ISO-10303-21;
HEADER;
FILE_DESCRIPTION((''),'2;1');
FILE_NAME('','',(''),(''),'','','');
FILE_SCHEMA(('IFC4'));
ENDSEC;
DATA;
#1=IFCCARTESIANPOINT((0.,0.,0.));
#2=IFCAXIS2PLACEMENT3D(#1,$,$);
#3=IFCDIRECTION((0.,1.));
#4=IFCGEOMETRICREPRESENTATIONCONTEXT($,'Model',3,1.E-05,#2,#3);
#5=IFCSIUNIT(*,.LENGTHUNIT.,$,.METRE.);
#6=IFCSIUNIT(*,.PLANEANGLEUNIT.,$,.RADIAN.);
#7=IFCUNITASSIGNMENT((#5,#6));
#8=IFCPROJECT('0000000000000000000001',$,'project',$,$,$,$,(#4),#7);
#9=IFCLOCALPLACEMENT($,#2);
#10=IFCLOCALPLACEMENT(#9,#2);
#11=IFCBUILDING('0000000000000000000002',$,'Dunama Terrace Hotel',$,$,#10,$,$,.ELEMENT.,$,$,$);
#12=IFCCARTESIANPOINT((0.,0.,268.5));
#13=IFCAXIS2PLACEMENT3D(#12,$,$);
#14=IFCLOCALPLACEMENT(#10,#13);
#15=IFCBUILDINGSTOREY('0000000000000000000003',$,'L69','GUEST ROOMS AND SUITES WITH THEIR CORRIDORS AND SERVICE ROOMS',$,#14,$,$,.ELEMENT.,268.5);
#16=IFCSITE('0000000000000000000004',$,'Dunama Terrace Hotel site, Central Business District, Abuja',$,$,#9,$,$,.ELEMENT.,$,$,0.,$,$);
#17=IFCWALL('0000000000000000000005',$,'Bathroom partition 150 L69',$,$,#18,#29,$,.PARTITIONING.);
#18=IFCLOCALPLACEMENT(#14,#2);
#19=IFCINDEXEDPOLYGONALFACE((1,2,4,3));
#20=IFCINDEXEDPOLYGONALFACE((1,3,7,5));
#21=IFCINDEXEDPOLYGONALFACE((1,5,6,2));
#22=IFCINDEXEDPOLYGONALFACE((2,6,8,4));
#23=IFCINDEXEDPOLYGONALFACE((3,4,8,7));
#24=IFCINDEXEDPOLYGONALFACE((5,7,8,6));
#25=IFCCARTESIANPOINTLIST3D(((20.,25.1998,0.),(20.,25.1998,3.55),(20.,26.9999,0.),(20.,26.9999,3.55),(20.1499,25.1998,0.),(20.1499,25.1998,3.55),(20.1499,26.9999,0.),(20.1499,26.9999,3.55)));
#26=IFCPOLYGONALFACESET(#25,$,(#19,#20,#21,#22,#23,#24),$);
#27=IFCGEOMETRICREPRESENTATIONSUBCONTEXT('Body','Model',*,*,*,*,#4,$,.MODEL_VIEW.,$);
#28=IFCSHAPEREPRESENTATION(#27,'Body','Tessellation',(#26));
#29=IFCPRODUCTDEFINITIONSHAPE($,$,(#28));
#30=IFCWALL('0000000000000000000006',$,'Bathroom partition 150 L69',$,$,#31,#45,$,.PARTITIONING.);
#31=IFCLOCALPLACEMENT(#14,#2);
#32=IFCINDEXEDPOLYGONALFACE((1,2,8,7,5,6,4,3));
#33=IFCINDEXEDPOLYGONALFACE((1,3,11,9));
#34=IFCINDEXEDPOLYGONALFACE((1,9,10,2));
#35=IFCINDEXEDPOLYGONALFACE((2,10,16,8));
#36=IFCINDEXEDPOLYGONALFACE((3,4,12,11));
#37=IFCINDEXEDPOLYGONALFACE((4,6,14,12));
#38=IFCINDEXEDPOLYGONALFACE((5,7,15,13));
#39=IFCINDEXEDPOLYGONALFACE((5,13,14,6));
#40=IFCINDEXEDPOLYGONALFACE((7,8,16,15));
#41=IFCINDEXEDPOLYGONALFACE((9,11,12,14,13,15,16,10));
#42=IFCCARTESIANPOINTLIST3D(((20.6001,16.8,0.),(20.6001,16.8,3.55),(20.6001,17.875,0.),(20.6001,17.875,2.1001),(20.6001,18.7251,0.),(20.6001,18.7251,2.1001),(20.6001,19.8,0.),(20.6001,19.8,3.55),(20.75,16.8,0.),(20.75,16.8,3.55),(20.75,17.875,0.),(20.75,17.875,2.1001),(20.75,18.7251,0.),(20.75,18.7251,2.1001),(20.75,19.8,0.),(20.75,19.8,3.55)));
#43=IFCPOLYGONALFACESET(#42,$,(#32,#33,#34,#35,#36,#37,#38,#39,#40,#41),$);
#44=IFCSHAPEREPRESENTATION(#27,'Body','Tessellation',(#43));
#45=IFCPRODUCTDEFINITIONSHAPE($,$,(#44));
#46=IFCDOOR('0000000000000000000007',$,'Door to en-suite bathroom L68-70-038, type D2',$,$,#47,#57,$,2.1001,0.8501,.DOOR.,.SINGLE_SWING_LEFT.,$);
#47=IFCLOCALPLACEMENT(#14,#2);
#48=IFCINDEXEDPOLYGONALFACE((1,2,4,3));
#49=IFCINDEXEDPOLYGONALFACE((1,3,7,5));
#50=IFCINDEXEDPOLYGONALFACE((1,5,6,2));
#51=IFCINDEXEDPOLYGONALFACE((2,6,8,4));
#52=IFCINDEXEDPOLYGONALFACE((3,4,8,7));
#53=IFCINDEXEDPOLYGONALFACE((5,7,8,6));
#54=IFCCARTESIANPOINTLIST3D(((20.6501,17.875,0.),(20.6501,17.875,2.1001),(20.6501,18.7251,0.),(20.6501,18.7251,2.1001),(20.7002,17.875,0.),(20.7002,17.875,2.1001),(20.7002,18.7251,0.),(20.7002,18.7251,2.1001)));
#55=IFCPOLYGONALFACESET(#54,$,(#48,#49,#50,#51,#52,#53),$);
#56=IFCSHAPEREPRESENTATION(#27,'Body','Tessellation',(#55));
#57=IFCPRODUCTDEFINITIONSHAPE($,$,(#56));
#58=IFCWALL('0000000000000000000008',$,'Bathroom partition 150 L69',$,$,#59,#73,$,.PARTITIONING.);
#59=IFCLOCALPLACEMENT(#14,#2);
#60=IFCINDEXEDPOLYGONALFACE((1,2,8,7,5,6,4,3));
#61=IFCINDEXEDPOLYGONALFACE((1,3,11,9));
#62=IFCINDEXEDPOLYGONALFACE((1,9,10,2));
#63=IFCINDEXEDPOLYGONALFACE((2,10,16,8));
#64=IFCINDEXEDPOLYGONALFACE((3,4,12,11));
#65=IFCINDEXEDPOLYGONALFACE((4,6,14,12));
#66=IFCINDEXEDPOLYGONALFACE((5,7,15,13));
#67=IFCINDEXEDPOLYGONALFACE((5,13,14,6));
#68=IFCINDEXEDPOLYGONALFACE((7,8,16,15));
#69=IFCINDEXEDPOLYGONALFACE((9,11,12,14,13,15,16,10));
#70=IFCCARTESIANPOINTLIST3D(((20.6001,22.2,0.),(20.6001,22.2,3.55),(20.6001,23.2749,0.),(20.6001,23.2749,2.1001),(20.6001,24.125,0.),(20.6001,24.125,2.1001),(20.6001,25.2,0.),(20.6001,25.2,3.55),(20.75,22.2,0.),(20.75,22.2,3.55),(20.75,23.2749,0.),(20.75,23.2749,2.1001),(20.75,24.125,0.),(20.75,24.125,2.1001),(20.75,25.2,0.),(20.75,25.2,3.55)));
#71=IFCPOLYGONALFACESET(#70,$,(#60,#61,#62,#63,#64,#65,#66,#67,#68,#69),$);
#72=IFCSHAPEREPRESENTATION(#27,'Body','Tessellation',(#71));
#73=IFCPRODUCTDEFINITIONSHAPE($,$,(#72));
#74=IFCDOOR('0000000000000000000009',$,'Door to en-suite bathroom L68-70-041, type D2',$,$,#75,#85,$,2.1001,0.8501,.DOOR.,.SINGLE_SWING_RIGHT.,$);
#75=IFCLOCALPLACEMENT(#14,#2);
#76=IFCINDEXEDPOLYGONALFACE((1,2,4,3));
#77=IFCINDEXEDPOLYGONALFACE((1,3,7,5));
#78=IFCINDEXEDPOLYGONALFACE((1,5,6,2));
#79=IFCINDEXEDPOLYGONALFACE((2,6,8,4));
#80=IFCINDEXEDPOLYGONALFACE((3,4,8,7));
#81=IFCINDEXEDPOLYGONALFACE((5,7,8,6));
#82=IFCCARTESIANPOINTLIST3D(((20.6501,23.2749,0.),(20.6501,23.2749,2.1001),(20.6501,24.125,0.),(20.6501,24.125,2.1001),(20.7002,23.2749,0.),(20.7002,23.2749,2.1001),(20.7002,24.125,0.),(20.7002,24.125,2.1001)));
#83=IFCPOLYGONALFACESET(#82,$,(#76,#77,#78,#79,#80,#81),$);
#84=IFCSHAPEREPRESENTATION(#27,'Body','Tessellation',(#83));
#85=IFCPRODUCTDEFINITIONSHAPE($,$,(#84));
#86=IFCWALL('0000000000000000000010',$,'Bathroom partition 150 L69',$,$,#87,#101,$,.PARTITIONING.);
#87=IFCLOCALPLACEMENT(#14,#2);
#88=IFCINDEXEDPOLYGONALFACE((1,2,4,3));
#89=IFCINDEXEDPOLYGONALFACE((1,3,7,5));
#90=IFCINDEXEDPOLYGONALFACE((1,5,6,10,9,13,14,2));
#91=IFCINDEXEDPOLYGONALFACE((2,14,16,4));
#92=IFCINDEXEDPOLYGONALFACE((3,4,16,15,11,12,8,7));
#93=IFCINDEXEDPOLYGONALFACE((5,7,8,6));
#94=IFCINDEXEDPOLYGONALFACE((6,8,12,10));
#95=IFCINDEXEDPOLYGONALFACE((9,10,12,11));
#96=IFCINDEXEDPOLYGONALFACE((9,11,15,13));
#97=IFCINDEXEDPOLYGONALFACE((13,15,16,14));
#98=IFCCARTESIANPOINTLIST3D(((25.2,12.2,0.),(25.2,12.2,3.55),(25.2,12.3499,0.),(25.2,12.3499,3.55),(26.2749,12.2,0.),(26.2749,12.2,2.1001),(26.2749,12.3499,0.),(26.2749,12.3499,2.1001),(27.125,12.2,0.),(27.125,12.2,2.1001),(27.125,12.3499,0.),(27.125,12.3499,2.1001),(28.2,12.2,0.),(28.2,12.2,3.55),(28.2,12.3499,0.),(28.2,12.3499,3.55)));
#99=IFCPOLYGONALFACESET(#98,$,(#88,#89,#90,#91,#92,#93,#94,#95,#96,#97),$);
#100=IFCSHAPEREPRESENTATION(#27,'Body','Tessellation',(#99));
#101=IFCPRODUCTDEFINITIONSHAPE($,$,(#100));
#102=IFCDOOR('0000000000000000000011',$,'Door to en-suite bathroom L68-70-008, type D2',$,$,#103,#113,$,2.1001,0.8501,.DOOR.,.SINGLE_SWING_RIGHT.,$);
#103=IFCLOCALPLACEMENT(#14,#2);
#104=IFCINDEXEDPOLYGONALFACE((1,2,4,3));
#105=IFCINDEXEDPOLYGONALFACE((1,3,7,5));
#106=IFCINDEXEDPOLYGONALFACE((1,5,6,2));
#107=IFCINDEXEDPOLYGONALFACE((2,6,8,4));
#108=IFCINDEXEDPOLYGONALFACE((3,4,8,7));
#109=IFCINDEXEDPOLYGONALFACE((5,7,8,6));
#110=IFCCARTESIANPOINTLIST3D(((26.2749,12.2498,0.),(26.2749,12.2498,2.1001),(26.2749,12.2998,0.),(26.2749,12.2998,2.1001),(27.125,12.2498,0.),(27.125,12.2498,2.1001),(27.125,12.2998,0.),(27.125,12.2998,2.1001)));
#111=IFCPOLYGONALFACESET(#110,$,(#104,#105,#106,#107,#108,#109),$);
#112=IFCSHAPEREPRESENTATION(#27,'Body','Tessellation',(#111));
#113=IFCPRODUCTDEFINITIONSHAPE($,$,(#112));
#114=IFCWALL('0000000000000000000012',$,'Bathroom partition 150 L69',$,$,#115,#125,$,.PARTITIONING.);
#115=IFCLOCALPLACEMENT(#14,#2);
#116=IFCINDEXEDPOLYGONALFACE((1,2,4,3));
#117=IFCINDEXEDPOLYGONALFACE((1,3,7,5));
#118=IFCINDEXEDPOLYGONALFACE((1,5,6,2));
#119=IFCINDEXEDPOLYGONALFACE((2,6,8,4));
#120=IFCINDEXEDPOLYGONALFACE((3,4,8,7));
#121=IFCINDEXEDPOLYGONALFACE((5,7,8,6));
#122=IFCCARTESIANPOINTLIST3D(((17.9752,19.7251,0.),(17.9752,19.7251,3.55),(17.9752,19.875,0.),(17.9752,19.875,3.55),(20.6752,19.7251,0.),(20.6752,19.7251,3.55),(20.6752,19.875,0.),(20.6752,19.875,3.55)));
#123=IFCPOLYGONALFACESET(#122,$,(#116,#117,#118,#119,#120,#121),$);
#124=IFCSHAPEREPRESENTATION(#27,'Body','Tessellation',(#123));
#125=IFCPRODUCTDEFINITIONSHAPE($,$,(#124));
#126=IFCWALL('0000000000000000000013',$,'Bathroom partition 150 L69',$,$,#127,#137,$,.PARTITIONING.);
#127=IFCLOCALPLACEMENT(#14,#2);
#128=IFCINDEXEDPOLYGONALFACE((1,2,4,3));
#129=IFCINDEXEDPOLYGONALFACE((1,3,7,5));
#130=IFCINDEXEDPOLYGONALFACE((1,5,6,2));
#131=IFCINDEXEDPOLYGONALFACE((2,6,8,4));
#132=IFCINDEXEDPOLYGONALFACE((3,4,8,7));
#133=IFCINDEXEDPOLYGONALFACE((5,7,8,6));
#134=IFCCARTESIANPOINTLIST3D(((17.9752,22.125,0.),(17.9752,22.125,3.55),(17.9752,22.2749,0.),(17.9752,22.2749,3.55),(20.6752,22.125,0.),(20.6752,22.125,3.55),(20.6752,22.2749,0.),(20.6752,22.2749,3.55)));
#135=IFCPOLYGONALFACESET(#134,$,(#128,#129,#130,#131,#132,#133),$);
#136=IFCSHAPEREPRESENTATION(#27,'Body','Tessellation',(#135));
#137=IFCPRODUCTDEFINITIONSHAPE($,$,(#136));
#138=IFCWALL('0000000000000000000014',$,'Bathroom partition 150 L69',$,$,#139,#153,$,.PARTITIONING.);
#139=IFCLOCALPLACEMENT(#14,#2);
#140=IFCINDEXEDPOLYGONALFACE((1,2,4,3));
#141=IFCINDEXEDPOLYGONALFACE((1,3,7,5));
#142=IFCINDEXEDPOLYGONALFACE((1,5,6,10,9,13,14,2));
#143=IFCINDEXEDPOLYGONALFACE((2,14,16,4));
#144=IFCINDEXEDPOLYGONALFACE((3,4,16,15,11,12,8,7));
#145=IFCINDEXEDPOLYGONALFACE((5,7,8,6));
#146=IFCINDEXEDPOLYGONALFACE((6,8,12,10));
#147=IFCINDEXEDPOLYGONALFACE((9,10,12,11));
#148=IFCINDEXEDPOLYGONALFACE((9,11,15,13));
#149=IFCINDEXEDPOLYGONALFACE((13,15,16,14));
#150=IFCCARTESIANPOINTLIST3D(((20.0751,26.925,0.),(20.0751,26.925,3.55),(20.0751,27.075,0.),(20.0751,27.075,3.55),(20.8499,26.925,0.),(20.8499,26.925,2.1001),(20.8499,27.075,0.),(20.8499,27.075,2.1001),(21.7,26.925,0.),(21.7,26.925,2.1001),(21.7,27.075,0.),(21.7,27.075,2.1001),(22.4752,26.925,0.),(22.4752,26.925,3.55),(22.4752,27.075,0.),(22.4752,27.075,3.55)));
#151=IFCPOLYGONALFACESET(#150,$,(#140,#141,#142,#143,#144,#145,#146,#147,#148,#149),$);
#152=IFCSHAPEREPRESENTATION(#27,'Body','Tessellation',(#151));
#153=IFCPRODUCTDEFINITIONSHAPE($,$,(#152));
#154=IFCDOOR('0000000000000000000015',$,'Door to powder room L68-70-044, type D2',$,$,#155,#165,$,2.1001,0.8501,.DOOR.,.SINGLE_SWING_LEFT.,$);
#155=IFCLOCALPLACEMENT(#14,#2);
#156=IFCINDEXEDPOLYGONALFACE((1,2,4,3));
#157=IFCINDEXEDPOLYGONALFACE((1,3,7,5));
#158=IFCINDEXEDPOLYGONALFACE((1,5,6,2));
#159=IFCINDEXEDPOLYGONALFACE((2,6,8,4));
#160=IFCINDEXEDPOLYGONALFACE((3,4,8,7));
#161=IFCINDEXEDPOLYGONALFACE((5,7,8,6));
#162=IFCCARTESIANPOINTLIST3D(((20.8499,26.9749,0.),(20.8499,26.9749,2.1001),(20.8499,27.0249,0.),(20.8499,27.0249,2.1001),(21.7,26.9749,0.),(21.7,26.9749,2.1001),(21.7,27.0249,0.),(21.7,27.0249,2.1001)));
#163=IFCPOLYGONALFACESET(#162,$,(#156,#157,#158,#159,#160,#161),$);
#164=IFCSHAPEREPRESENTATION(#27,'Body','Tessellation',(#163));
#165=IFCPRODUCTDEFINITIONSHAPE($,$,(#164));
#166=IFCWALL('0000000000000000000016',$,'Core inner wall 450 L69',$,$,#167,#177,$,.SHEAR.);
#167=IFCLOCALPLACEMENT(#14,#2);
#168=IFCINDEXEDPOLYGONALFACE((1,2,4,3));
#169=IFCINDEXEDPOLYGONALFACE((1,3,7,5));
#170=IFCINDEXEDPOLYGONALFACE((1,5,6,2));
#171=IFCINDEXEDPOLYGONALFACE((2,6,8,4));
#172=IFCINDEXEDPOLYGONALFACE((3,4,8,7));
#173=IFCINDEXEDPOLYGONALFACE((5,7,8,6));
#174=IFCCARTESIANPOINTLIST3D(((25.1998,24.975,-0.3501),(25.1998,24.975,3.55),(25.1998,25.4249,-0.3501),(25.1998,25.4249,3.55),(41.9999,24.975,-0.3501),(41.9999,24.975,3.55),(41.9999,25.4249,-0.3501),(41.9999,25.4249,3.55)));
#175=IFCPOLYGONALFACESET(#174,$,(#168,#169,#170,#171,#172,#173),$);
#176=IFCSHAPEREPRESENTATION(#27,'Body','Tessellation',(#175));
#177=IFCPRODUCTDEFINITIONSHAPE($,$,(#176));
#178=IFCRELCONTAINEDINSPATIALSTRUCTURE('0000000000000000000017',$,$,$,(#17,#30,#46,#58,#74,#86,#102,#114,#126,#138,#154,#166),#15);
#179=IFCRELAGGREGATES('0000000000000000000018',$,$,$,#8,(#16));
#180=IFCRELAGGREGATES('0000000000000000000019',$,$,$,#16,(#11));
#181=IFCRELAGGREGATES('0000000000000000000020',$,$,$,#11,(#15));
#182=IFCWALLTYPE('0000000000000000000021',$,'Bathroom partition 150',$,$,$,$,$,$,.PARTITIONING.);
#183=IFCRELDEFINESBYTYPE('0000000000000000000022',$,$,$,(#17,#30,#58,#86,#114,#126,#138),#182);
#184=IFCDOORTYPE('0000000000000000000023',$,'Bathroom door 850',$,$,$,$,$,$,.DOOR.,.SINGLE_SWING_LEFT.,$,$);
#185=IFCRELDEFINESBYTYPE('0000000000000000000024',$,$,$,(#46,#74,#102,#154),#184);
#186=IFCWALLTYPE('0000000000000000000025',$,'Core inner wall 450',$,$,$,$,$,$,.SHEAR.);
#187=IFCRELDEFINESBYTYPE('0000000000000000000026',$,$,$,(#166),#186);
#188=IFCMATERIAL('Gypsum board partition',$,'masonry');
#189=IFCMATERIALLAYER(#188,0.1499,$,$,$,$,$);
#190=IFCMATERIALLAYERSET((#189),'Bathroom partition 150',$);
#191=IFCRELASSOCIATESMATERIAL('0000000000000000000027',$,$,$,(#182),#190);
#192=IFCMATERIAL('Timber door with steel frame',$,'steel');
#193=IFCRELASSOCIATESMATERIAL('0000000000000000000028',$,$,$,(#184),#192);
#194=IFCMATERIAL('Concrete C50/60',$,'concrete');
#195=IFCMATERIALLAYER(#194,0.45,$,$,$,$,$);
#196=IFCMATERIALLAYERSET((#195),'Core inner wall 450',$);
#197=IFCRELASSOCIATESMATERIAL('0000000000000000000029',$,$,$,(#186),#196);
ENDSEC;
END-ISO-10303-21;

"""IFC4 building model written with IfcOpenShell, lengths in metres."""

from ifc_helpers import new_model, si_unit, direction, frame, frame_2d, origin, place, context, subcontext, project, spatial, rectangle, extrude, material, layer, layer_set, type_object, element, fill, save


model = new_model("IFC4")

# Units and contexts
model_context = context("Model", 3, precision=1e-05, world=origin(), true_north=direction((0.0, 1.0)))
body_context = subcontext(model_context, "Body", "Model", "MODEL_VIEW")
ifc_project = project(units=[si_unit("LENGTHUNIT", "METRE"), si_unit("PLANEANGLEUNIT", "RADIAN")], contexts=[model_context])

# Site, building, storey
site_placement = place(None, origin())
site = spatial("IfcSite", under=ifc_project, at=site_placement, Name="Dunama Terrace Hotel site, Central Business District, Abuja", CompositionType="ELEMENT", RefElevation=0.0)
building_placement = place(site_placement, origin())
building = spatial("IfcBuilding", under=site, at=building_placement, Name="Dunama Terrace Hotel", CompositionType="ELEMENT")
storey_placement = place(building_placement, frame((0.0, 0.0, 268.5)))
storey = spatial("IfcBuildingStorey", under=building, at=storey_placement, Name="L69", Description="GUEST ROOMS AND SUITES WITH THEIR CORRIDORS AND SERVICE ROOMS", CompositionType="ELEMENT", Elevation=268.5)

# Wall
ifc_material_1 = material(Name="Gypsum board partition", Category="masonry")
ifc_layer_1 = layer(ifc_material_1, 0.1499)
ifc_layer_set_1 = layer_set([ifc_layer_1], Name="Bathroom partition 150")
wall_type_1 = type_object("IfcWallType", Name="Bathroom partition 150", PredefinedType="PARTITIONING", material=ifc_layer_set_1)
wall_1_placement = place(storey_placement, frame((20.075, 25.2, 0.0), z_axis=(0.0, 0.0, 1.0), x_axis=(0.0, 1.0, 0.0)))
element("IfcWall", 1, at=wall_1_placement, inside=storey, type_object=wall_type_1, Name="Bathroom partition 150 L69", PredefinedType="PARTITIONING", context=body_context, shape_type="SweptSolid", body=[
    extrude(rectangle(XDim=1.8, YDim=0.1499, at=frame_2d((0.8999, 0.0))), origin(), (0.0, 0.0, 1.0), 3.55),
])

# Walls, openings, doors
wall_2_placement = place(storey_placement, frame((20.675, 16.8, 0.0), z_axis=(0.0, 0.0, 1.0), x_axis=(0.0, 1.0, 0.0)))
wall_2 = element("IfcWall", 2, at=wall_2_placement, inside=storey, type_object=wall_type_1, Name="Bathroom partition 150 L69", PredefinedType="PARTITIONING", context=body_context, shape_type="SweptSolid", body=[
    extrude(rectangle(XDim=3.0, YDim=0.1499, at=frame_2d((1.5, 0.0))), origin(), (0.0, 0.0, 1.0), 3.55),
])
opening_1_placement = place(wall_2_placement, frame((1.075, 0.0, 0.0)))
opening_1 = element("IfcOpeningElement", 3, at=opening_1_placement, cuts=wall_2, PredefinedType="OPENING", context=body_context, shape_type="SweptSolid", body=[
    extrude(rectangle(XDim=0.8501, YDim=2.1001, at=frame_2d((0.425, 1.05))), frame((0.0, 0.085, 0.0), z_axis=(0.0, -1.0, 0.0), x_axis=(1.0, 0.0, 0.0)), (0.0, 0.0, 1.0), 0.1699),
])
ifc_material_2 = material(Name="Timber door with steel frame", Category="steel")
door_type_1 = type_object("IfcDoorType", Name="Bathroom door 850", OperationType="SINGLE_SWING_LEFT", PredefinedType="DOOR", material=ifc_material_2)
door_1_placement = place(opening_1_placement, origin())
door_1 = element("IfcDoor", 4, at=door_1_placement, inside=storey, type_object=door_type_1, Name="Door to en-suite bathroom L68-70-038, type D2", OperationType="SINGLE_SWING_LEFT", OverallHeight=2.1001, OverallWidth=0.8501, PredefinedType="DOOR", context=body_context, shape_type="SweptSolid", body=[
    extrude(rectangle(XDim=0.8501, YDim=2.1001, at=frame_2d((0.425, 1.05))), frame((0.0, 0.0249, 0.0), z_axis=(0.0, -1.0, 0.0), x_axis=(1.0, 0.0, 0.0)), (0.0, 0.0, 1.0), 0.05),
])
fill(opening_1, door_1)
wall_3_placement = place(storey_placement, frame((20.675, 22.2, 0.0), z_axis=(0.0, 0.0, 1.0), x_axis=(0.0, 1.0, 0.0)))
wall_3 = element("IfcWall", 5, at=wall_3_placement, inside=storey, type_object=wall_type_1, Name="Bathroom partition 150 L69", PredefinedType="PARTITIONING", context=body_context, shape_type="SweptSolid", body=[
    extrude(rectangle(XDim=3.0, YDim=0.1499, at=frame_2d((1.5, 0.0))), origin(), (0.0, 0.0, 1.0), 3.55),
])
opening_2_placement = place(wall_3_placement, frame((1.075, 0.0, 0.0)))
opening_2 = element("IfcOpeningElement", 6, at=opening_2_placement, cuts=wall_3, PredefinedType="OPENING", context=body_context, shape_type="SweptSolid", body=[
    extrude(rectangle(XDim=0.8501, YDim=2.1001, at=frame_2d((0.425, 1.05))), frame((0.0, 0.085, 0.0), z_axis=(0.0, -1.0, 0.0), x_axis=(1.0, 0.0, 0.0)), (0.0, 0.0, 1.0), 0.1699),
])
door_2_placement = place(opening_2_placement, origin())
door_2 = element("IfcDoor", 7, at=door_2_placement, inside=storey, type_object=door_type_1, Name="Door to en-suite bathroom L68-70-041, type D2", OperationType="SINGLE_SWING_RIGHT", OverallHeight=2.1001, OverallWidth=0.8501, PredefinedType="DOOR", context=body_context, shape_type="SweptSolid", body=[
    extrude(rectangle(XDim=0.8501, YDim=2.1001, at=frame_2d((0.425, 1.05))), frame((0.0, 0.0249, 0.0), z_axis=(0.0, -1.0, 0.0), x_axis=(1.0, 0.0, 0.0)), (0.0, 0.0, 1.0), 0.05),
])
fill(opening_2, door_2)
wall_4_placement = place(storey_placement, frame((25.2, 12.2749, 0.0), z_axis=(0.0, 0.0, 1.0), x_axis=(1.0, 0.0, 0.0)))
wall_4 = element("IfcWall", 8, at=wall_4_placement, inside=storey, type_object=wall_type_1, Name="Bathroom partition 150 L69", PredefinedType="PARTITIONING", context=body_context, shape_type="SweptSolid", body=[
    extrude(rectangle(XDim=3.0, YDim=0.1499, at=frame_2d((1.5, 0.0))), origin(), (0.0, 0.0, 1.0), 3.55),
])
opening_3_placement = place(wall_4_placement, frame((1.075, 0.0, 0.0)))
opening_3 = element("IfcOpeningElement", 9, at=opening_3_placement, cuts=wall_4, PredefinedType="OPENING", context=body_context, shape_type="SweptSolid", body=[
    extrude(rectangle(XDim=0.8501, YDim=2.1001, at=frame_2d((0.425, 1.05))), frame((0.0, 0.085, 0.0), z_axis=(0.0, -1.0, 0.0), x_axis=(1.0, 0.0, 0.0)), (0.0, 0.0, 1.0), 0.1699),
])
door_3_placement = place(opening_3_placement, frame((0.8501, 0.0, 0.0), z_axis=(0.0, 0.0, 1.0), x_axis=(-1.0, 0.0, 0.0)))
door_3 = element("IfcDoor", 10, at=door_3_placement, inside=storey, type_object=door_type_1, Name="Door to en-suite bathroom L68-70-008, type D2", OperationType="SINGLE_SWING_RIGHT", OverallHeight=2.1001, OverallWidth=0.8501, PredefinedType="DOOR", context=body_context, shape_type="SweptSolid", body=[
    extrude(rectangle(XDim=0.8501, YDim=2.1001, at=frame_2d((0.425, 1.05))), frame((0.0, 0.0251, 0.0), z_axis=(0.0, -1.0, 0.0), x_axis=(1.0, 0.0, 0.0)), (0.0, 0.0, 1.0), 0.05),
])
fill(opening_3, door_3)

# Walls
for number, where, z_axis, x_axis, name in (
    (11, (17.9751, 19.8, 0.0), (0.0, 0.0, 1.0), (1.0, 0.0, 0.0), "Bathroom partition 150 L69"),
    (12, (17.9751, 22.2, 0.0), (0.0, 0.0, 1.0), (1.0, 0.0, 0.0), "Bathroom partition 150 L69"),
):
    element("IfcWall", number, at=place(storey_placement, frame(where, z_axis=z_axis, x_axis=x_axis)), inside=storey, type_object=wall_type_1, Name=name, PredefinedType="PARTITIONING", context=body_context, shape_type="SweptSolid", body=[
        extrude(rectangle(XDim=2.7, YDim=0.1499, at=frame_2d((1.3501, 0.0))), origin(), (0.0, 0.0, 1.0), 3.55),
    ])

# Wall, opening, door
wall_5_placement = place(storey_placement, frame((20.075, 27.0, 0.0), z_axis=(0.0, 0.0, 1.0), x_axis=(1.0, 0.0, 0.0)))
wall_5 = element("IfcWall", 13, at=wall_5_placement, inside=storey, type_object=wall_type_1, Name="Bathroom partition 150 L69", PredefinedType="PARTITIONING", context=body_context, shape_type="SweptSolid", body=[
    extrude(rectangle(XDim=2.4001, YDim=0.1499, at=frame_2d((1.2002, 0.0))), origin(), (0.0, 0.0, 1.0), 3.55),
])
opening_4_placement = place(wall_5_placement, frame((0.7749, 0.0, 0.0)))
opening_4 = element("IfcOpeningElement", 14, at=opening_4_placement, cuts=wall_5, PredefinedType="OPENING", context=body_context, shape_type="SweptSolid", body=[
    extrude(rectangle(XDim=0.8501, YDim=2.1001, at=frame_2d((0.425, 1.05))), frame((0.0, 0.085, 0.0), z_axis=(0.0, -1.0, 0.0), x_axis=(1.0, 0.0, 0.0)), (0.0, 0.0, 1.0), 0.1699),
])
door_4_placement = place(opening_4_placement, frame((0.8501, 0.0, 0.0), z_axis=(0.0, 0.0, 1.0), x_axis=(-1.0, 0.0, 0.0)))
door_4 = element("IfcDoor", 15, at=door_4_placement, inside=storey, type_object=door_type_1, Name="Door to powder room L68-70-044, type D2", OperationType="SINGLE_SWING_LEFT", OverallHeight=2.1001, OverallWidth=0.8501, PredefinedType="DOOR", context=body_context, shape_type="SweptSolid", body=[
    extrude(rectangle(XDim=0.8501, YDim=2.1001, at=frame_2d((0.425, 1.05))), frame((0.0, 0.0251, 0.0), z_axis=(0.0, -1.0, 0.0), x_axis=(1.0, 0.0, 0.0)), (0.0, 0.0, 1.0), 0.05),
])
fill(opening_4, door_4)

# Wall
ifc_material_3 = material(Name="Concrete C50/60", Category="concrete")
ifc_layer_2 = layer(ifc_material_3, 0.45)
ifc_layer_set_2 = layer_set([ifc_layer_2], Name="Core inner wall 450")
wall_type_2 = type_object("IfcWallType", Name="Core inner wall 450", PredefinedType="SHEAR", material=ifc_layer_set_2)
wall_6_placement = place(storey_placement, frame((25.2, 25.2, -0.3501), z_axis=(0.0, 0.0, 1.0), x_axis=(1.0, 0.0, 0.0)))
element("IfcWall", 16, at=wall_6_placement, inside=storey, type_object=wall_type_2, Name="Core inner wall 450 L69", PredefinedType="SHEAR", context=body_context, shape_type="SweptSolid", body=[
    extrude(rectangle(XDim=16.8, YDim=0.45, at=frame_2d((8.3999, 0.0))), origin(), (0.0, 0.0, 1.0), 3.9001),
])

save(model, "model.ifc")
